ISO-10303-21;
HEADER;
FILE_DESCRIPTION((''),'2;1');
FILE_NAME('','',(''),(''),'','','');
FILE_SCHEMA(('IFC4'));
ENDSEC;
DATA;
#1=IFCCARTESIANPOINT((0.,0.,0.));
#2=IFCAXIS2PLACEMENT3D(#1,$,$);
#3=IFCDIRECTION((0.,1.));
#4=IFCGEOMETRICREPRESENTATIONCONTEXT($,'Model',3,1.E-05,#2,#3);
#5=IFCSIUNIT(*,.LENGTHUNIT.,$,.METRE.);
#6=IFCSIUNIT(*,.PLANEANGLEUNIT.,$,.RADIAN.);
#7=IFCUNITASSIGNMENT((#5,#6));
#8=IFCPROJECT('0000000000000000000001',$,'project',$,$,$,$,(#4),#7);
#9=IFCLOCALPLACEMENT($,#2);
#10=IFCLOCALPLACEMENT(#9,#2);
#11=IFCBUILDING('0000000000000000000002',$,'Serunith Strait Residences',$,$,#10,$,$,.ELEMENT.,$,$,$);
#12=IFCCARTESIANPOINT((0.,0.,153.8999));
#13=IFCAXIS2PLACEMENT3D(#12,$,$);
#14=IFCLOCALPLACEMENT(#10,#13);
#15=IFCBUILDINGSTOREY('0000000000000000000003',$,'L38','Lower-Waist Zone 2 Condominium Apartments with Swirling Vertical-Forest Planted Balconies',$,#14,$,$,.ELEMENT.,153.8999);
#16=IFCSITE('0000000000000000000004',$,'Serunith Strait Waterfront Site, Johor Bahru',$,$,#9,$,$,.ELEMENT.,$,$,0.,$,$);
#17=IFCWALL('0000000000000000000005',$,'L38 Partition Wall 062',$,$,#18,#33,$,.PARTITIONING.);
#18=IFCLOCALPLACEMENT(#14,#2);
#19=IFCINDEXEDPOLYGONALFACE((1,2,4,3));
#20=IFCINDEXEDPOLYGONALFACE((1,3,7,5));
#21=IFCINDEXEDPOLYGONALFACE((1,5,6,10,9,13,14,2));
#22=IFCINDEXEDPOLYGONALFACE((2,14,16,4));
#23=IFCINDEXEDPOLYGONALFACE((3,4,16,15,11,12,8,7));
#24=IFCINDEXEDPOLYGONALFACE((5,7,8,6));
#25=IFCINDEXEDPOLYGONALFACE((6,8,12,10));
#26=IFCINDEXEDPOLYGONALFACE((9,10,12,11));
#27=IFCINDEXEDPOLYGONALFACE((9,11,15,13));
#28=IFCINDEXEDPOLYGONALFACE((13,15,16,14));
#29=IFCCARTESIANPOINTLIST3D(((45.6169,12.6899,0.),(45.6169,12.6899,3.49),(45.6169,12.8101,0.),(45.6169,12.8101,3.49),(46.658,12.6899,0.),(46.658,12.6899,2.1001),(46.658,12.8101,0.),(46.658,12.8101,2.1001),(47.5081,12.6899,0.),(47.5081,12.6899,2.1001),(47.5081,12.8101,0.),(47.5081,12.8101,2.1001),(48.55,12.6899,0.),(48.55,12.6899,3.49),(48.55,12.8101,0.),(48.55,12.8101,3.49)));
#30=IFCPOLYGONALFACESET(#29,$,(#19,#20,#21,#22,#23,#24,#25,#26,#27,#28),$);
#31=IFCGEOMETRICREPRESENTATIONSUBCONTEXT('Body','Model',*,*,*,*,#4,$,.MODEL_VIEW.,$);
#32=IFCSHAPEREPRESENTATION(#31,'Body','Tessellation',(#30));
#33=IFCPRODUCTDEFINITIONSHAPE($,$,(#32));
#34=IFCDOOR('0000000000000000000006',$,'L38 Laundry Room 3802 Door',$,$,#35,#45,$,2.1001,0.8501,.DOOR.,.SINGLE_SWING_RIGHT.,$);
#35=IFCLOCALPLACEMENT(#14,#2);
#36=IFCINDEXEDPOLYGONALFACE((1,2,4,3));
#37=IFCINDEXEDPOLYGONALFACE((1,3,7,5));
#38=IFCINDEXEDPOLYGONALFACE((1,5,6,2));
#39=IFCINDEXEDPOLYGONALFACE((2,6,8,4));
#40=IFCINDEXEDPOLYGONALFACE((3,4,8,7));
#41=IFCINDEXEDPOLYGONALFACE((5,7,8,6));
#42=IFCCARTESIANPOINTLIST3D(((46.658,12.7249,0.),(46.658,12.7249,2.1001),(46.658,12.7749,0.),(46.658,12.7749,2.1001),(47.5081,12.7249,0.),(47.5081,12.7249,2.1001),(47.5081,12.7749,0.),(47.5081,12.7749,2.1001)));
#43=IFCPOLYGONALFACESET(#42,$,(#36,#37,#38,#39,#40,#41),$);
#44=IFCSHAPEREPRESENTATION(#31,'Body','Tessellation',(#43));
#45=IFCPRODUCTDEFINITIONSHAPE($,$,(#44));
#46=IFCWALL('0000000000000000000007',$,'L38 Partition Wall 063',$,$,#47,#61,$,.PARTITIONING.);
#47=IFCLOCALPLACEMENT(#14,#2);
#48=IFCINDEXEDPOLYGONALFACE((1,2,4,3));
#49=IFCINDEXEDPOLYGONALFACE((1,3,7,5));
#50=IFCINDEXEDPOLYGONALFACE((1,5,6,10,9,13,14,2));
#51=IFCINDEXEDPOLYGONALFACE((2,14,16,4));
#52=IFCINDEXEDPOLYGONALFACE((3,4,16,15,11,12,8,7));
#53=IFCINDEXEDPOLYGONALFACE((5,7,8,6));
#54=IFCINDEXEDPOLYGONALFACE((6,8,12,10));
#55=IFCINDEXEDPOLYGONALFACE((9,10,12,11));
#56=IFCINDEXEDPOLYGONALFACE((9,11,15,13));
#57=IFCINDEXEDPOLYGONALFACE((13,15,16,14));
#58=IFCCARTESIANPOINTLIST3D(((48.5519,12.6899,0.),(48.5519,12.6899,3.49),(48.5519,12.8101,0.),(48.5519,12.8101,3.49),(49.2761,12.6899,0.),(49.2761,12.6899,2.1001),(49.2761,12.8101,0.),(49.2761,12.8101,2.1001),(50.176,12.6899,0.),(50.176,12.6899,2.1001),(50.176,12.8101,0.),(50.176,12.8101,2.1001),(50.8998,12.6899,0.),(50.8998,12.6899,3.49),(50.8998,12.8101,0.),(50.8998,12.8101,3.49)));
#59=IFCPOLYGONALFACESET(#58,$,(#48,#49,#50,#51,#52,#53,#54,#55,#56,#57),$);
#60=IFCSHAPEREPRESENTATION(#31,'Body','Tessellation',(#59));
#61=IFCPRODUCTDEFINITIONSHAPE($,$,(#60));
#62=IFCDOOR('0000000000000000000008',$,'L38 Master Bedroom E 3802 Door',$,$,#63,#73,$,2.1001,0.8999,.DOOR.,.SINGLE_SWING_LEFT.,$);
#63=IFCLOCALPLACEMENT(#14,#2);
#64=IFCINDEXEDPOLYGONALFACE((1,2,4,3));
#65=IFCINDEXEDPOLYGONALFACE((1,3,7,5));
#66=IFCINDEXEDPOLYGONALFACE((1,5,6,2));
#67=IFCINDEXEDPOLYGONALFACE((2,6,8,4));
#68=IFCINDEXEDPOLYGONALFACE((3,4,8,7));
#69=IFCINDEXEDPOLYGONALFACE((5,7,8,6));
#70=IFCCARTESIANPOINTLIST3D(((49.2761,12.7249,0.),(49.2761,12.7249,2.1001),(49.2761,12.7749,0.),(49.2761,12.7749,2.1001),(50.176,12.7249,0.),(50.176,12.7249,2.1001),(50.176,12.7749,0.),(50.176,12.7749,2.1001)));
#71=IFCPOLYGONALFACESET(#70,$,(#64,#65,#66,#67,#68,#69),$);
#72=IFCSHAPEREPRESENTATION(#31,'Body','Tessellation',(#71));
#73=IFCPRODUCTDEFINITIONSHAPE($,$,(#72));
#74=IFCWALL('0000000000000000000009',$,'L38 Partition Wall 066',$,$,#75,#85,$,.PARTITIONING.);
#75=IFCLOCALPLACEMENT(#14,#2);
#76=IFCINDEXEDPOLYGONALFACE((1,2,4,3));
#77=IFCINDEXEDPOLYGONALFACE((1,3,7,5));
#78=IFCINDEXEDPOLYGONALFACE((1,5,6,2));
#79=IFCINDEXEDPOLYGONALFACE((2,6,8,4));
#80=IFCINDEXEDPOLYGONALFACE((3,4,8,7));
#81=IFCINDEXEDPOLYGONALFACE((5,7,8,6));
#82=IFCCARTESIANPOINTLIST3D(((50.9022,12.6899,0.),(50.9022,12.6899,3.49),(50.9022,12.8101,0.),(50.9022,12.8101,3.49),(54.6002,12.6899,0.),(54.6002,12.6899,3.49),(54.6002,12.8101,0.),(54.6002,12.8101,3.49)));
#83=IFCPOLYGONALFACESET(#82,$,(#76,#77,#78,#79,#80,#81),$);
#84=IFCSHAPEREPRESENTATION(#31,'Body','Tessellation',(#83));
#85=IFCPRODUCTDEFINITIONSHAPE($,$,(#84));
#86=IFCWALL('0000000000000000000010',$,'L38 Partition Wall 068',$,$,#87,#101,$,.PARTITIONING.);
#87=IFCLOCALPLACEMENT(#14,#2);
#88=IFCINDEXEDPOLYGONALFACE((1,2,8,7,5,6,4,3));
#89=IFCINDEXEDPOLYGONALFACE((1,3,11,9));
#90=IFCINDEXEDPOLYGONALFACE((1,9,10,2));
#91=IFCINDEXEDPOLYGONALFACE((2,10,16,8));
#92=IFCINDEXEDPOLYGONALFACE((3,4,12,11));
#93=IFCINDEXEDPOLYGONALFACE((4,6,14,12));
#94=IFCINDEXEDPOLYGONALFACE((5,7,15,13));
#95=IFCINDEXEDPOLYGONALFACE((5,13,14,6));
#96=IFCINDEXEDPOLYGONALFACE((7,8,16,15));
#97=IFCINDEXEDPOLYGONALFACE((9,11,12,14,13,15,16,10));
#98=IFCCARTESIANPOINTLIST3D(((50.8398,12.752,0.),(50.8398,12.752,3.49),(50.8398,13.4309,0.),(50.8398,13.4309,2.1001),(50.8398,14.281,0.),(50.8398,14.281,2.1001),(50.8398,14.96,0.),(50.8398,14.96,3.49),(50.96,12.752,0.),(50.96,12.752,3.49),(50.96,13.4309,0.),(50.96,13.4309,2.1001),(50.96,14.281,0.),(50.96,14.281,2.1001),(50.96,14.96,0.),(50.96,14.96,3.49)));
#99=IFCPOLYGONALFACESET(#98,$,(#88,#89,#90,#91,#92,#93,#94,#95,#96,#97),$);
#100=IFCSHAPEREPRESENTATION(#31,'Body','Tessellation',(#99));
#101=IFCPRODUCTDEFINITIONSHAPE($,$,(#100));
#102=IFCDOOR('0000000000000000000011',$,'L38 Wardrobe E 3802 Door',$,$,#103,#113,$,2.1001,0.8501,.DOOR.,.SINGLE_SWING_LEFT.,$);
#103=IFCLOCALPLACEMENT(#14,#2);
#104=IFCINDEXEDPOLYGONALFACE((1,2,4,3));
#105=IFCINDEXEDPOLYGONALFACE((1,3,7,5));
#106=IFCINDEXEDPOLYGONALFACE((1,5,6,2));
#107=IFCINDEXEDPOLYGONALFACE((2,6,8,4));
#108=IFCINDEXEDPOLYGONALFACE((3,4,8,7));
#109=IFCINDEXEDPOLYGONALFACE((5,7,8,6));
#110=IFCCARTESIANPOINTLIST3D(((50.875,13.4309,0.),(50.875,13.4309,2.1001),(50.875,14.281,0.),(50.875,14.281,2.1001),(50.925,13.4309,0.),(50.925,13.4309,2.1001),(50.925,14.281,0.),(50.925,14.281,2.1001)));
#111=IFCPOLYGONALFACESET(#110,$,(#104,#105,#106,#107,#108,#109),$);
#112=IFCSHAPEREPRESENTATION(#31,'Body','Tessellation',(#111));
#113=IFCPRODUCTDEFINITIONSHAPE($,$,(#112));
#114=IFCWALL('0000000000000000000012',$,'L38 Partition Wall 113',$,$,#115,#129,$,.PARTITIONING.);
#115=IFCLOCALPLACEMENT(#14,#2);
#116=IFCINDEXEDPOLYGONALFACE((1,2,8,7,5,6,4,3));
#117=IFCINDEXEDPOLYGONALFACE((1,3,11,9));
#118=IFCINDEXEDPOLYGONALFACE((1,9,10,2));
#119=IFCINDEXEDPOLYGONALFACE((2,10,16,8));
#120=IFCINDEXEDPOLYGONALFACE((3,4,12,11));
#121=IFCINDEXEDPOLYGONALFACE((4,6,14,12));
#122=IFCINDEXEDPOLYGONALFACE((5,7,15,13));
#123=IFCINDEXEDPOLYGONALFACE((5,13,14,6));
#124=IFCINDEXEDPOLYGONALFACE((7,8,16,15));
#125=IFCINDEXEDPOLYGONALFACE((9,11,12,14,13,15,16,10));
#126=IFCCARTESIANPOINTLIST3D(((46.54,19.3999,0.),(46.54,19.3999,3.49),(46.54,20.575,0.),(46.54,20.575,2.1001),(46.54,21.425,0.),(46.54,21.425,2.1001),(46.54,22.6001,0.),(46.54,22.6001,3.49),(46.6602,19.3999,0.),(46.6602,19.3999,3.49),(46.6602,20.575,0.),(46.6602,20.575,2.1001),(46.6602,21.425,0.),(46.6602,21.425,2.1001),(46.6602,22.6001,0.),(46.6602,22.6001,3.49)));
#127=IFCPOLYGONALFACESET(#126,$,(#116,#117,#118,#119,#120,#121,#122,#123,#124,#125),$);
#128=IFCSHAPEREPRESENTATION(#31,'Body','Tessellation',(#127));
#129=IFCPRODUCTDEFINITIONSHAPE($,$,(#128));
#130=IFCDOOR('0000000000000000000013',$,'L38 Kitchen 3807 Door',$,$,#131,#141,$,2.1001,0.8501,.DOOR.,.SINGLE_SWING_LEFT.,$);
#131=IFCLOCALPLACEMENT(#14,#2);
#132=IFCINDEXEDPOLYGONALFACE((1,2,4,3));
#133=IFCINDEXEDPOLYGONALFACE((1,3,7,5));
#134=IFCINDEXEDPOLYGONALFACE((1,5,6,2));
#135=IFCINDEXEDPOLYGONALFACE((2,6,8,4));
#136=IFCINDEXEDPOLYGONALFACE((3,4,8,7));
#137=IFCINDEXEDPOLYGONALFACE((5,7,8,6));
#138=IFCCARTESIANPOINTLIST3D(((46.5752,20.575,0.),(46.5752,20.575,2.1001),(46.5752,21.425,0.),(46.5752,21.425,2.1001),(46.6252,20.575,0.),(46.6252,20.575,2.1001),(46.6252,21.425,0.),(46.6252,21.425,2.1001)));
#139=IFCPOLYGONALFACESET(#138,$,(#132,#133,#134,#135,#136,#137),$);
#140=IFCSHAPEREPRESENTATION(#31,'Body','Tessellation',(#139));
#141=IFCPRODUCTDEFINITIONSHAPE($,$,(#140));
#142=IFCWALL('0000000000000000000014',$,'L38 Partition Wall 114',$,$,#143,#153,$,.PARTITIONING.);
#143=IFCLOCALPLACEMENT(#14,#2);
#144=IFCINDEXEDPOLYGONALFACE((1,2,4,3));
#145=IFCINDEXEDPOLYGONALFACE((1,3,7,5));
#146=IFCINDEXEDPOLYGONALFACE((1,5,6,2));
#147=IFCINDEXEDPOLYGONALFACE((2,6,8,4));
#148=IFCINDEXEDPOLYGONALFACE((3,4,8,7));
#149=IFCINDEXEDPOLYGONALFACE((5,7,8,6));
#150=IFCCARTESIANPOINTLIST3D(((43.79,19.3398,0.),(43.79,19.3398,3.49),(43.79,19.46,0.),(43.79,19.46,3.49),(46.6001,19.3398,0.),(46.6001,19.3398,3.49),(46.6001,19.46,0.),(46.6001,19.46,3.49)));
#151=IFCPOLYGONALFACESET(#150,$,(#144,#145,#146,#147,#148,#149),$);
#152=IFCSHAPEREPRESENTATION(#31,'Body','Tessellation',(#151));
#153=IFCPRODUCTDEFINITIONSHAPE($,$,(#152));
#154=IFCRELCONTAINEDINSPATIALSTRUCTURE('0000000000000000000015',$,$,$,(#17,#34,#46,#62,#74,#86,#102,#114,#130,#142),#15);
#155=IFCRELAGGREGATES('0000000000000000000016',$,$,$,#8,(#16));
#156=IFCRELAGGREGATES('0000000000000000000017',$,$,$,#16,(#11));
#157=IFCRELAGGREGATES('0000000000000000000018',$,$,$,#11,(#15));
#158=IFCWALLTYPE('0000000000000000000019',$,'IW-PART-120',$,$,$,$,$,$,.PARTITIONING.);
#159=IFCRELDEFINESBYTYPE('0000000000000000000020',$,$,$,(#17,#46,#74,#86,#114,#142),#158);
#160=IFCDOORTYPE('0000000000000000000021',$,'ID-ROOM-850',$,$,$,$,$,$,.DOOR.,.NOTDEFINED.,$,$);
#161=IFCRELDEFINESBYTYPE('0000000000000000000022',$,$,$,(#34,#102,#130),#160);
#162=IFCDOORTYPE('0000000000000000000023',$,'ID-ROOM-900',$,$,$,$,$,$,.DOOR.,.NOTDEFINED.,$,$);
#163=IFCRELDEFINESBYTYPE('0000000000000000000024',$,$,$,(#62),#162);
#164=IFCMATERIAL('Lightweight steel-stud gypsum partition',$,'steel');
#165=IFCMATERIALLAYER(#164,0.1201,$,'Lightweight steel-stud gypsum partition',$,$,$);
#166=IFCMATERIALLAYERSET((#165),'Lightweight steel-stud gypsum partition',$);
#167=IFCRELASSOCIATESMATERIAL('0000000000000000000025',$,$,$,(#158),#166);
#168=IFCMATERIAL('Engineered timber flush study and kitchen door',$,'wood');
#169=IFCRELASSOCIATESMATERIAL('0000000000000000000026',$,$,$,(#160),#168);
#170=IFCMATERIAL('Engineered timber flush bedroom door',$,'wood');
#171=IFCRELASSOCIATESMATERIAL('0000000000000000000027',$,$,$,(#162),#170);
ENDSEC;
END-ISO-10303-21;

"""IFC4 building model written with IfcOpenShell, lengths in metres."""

from ifc_helpers import new_model, si_unit, direction, frame, frame_2d, origin, place, context, subcontext, project, spatial, rectangle, extrude, source, transform, mapped, material, layer, layer_set, type_object, element, fill, save


model = new_model("IFC4")

# Units and contexts
model_context = context("Model", 3, precision=1e-05, world=origin(), true_north=direction((0.0, 1.0)))
body_context = subcontext(model_context, "Body", "Model", "MODEL_VIEW")
ifc_project = project(units=[si_unit("LENGTHUNIT", "METRE"), si_unit("PLANEANGLEUNIT", "RADIAN")], contexts=[model_context])

# Site, building, storey
site_placement = place(None, origin())
site = spatial("IfcSite", under=ifc_project, at=site_placement, Name="Serunith Strait Waterfront Site, Johor Bahru", CompositionType="ELEMENT", RefElevation=0.0)
building_placement = place(site_placement, origin())
building = spatial("IfcBuilding", under=site, at=building_placement, Name="Serunith Strait Residences", CompositionType="ELEMENT")
storey_placement = place(building_placement, frame((0.0, 0.0, 153.8999)))
storey = spatial("IfcBuildingStorey", under=building, at=storey_placement, Name="L38", Description="Lower-Waist Zone 2 Condominium Apartments with Swirling Vertical-Forest Planted Balconies", CompositionType="ELEMENT", Elevation=153.8999)

# Walls, openings, doors
ifc_material_1 = material(Name="Lightweight steel-stud gypsum partition", Category="steel")
ifc_layer_1 = layer(ifc_material_1, 0.1201, Name="Lightweight steel-stud gypsum partition")
ifc_layer_set_1 = layer_set([ifc_layer_1], Name="Lightweight steel-stud gypsum partition")
wall_type = type_object("IfcWallType", Name="IW-PART-120", PredefinedType="PARTITIONING", material=ifc_layer_set_1)
wall_1_placement = place(storey_placement, frame((45.6169, 12.75, 0.0), z_axis=(0.0, 0.0, 1.0), x_axis=(1.0, 0.0, 0.0)))
wall_1 = element("IfcWall", 1, at=wall_1_placement, inside=storey, type_object=wall_type, Name="L38 Partition Wall 062", PredefinedType="PARTITIONING", context=body_context, shape_type="SweptSolid", body=[
    extrude(rectangle(XDim=2.9331, YDim=0.1201, at=frame_2d((1.4666, 0.0))), origin(), (0.0, 0.0, 1.0), 3.49),
])
opening_1_placement = place(wall_1_placement, frame((1.041, 0.0, 0.0)))
opening_1 = element("IfcOpeningElement", 2, at=opening_1_placement, cuts=wall_1, PredefinedType="OPENING", context=body_context, shape_type="SweptSolid", body=[
    extrude(rectangle(XDim=0.8501, YDim=2.1001, at=frame_2d((0.425, 1.05))), frame((0.0, 0.0701, 0.0), z_axis=(0.0, -1.0, 0.0), x_axis=(1.0, 0.0, 0.0)), (0.0, 0.0, 1.0), 0.1401),
])
ifc_material_2 = material(Name="Engineered timber flush study and kitchen door", Category="wood")
door_type_1 = type_object("IfcDoorType", Name="ID-ROOM-850", OperationType="NOTDEFINED", PredefinedType="DOOR", material=ifc_material_2)
shared_shape_1 = source(origin(), body_context, "Body", "SweptSolid", [
    extrude(rectangle(XDim=0.8501, YDim=2.1001, at=frame_2d((0.425, 1.05))), frame((0.0, 0.0249, 0.0), z_axis=(0.0, -1.0, 0.0), x_axis=(1.0, 0.0, 0.0)), (0.0, 0.0, 1.0), 0.05),
])
door_1_placement = place(opening_1_placement, origin())
door_1 = element("IfcDoor", 3, at=door_1_placement, inside=storey, type_object=door_type_1, Name="L38 Laundry Room 3802 Door", OperationType="SINGLE_SWING_RIGHT", OverallHeight=2.1001, OverallWidth=0.8501, PredefinedType="DOOR", context=body_context, shape_type="MappedRepresentation", body=[
    mapped(shared_shape_1, transform((0.0, 0.0, 0.0), scale=1.0)),
])
fill(opening_1, door_1)
wall_2_placement = place(storey_placement, frame((48.552, 12.75, 0.0), z_axis=(0.0, 0.0, 1.0), x_axis=(1.0, 0.0, 0.0)))
wall_2 = element("IfcWall", 4, at=wall_2_placement, inside=storey, type_object=wall_type, Name="L38 Partition Wall 063", PredefinedType="PARTITIONING", context=body_context, shape_type="SweptSolid", body=[
    extrude(rectangle(XDim=2.3479, YDim=0.1201, at=frame_2d((1.1738, 0.0))), origin(), (0.0, 0.0, 1.0), 3.49),
])
opening_2_placement = place(wall_2_placement, frame((0.7241, 0.0, 0.0)))
opening_2 = element("IfcOpeningElement", 5, at=opening_2_placement, cuts=wall_2, PredefinedType="OPENING", context=body_context, shape_type="SweptSolid", body=[
    extrude(rectangle(XDim=0.8999, YDim=2.1001, at=frame_2d((0.45, 1.05))), frame((0.0, 0.0701, 0.0), z_axis=(0.0, -1.0, 0.0), x_axis=(1.0, 0.0, 0.0)), (0.0, 0.0, 1.0), 0.1401),
])
ifc_material_3 = material(Name="Engineered timber flush bedroom door", Category="wood")
door_type_2 = type_object("IfcDoorType", Name="ID-ROOM-900", OperationType="NOTDEFINED", PredefinedType="DOOR", material=ifc_material_3)
shared_shape_2 = source(origin(), body_context, "Body", "SweptSolid", [
    extrude(rectangle(XDim=0.8999, YDim=2.1001, at=frame_2d((0.45, 1.05))), frame((0.0, 0.0249, 0.0), z_axis=(0.0, -1.0, 0.0), x_axis=(1.0, 0.0, 0.0)), (0.0, 0.0, 1.0), 0.05),
])
door_2_placement = place(opening_2_placement, origin())
door_2 = element("IfcDoor", 6, at=door_2_placement, inside=storey, type_object=door_type_2, Name="L38 Master Bedroom E 3802 Door", OperationType="SINGLE_SWING_LEFT", OverallHeight=2.1001, OverallWidth=0.8999, PredefinedType="DOOR", context=body_context, shape_type="MappedRepresentation", body=[
    mapped(shared_shape_2, transform((0.0, 0.0, 0.0), scale=1.0)),
])
fill(opening_2, door_2)

# Wall
wall_3_placement = place(storey_placement, frame((50.9021, 12.75, 0.0), z_axis=(0.0, 0.0, 1.0), x_axis=(1.0, 0.0, 0.0)))
element("IfcWall", 7, at=wall_3_placement, inside=storey, type_object=wall_type, Name="L38 Partition Wall 066", PredefinedType="PARTITIONING", context=body_context, shape_type="SweptSolid", body=[
    extrude(rectangle(XDim=3.698, YDim=0.1201, at=frame_2d((1.8491, 0.0))), origin(), (0.0, 0.0, 1.0), 3.49),
])

# Walls, openings, doors
wall_4_placement = place(storey_placement, frame((50.8999, 12.752, 0.0), z_axis=(0.0, 0.0, 1.0), x_axis=(0.0, 1.0, 0.0)))
wall_4 = element("IfcWall", 8, at=wall_4_placement, inside=storey, type_object=wall_type, Name="L38 Partition Wall 068", PredefinedType="PARTITIONING", context=body_context, shape_type="SweptSolid", body=[
    extrude(rectangle(XDim=2.208, YDim=0.1201, at=frame_2d((1.104, 0.0))), origin(), (0.0, 0.0, 1.0), 3.49),
])
opening_3_placement = place(wall_4_placement, frame((0.679, 0.0, 0.0)))
opening_3 = element("IfcOpeningElement", 9, at=opening_3_placement, cuts=wall_4, PredefinedType="OPENING", context=body_context, shape_type="SweptSolid", body=[
    extrude(rectangle(XDim=0.8501, YDim=2.1001, at=frame_2d((0.425, 1.05))), frame((0.0, 0.0701, 0.0), z_axis=(0.0, -1.0, 0.0), x_axis=(1.0, 0.0, 0.0)), (0.0, 0.0, 1.0), 0.1401),
])
door_3_placement = place(opening_3_placement, origin())
door_3 = element("IfcDoor", 10, at=door_3_placement, inside=storey, type_object=door_type_1, Name="L38 Wardrobe E 3802 Door", OperationType="SINGLE_SWING_LEFT", OverallHeight=2.1001, OverallWidth=0.8501, PredefinedType="DOOR", context=body_context, shape_type="MappedRepresentation", body=[
    mapped(shared_shape_1, transform((0.0, 0.0, 0.0), scale=1.0)),
])
fill(opening_3, door_3)
wall_5_placement = place(storey_placement, frame((46.6001, 19.3999, 0.0), z_axis=(0.0, 0.0, 1.0), x_axis=(0.0, 1.0, 0.0)))
wall_5 = element("IfcWall", 11, at=wall_5_placement, inside=storey, type_object=wall_type, Name="L38 Partition Wall 113", PredefinedType="PARTITIONING", context=body_context, shape_type="SweptSolid", body=[
    extrude(rectangle(XDim=3.2002, YDim=0.1201, at=frame_2d((1.6001, 0.0))), origin(), (0.0, 0.0, 1.0), 3.49),
])
opening_4_placement = place(wall_5_placement, frame((1.175, 0.0, 0.0)))
opening_4 = element("IfcOpeningElement", 12, at=opening_4_placement, cuts=wall_5, PredefinedType="OPENING", context=body_context, shape_type="SweptSolid", body=[
    extrude(rectangle(XDim=0.8501, YDim=2.1001, at=frame_2d((0.425, 1.05))), frame((0.0, 0.0701, 0.0), z_axis=(0.0, -1.0, 0.0), x_axis=(1.0, 0.0, 0.0)), (0.0, 0.0, 1.0), 0.1401),
])
door_4_placement = place(opening_4_placement, origin())
door_4 = element("IfcDoor", 13, at=door_4_placement, inside=storey, type_object=door_type_1, Name="L38 Kitchen 3807 Door", OperationType="SINGLE_SWING_LEFT", OverallHeight=2.1001, OverallWidth=0.8501, PredefinedType="DOOR", context=body_context, shape_type="MappedRepresentation", body=[
    mapped(shared_shape_1, transform((0.0, 0.0, 0.0), scale=1.0)),
])
fill(opening_4, door_4)

# Wall
wall_6_placement = place(storey_placement, frame((46.6001, 19.3999, 0.0), z_axis=(0.0, 0.0, 1.0), x_axis=(-1.0, 0.0, 0.0)))
element("IfcWall", 14, at=wall_6_placement, inside=storey, type_object=wall_type, Name="L38 Partition Wall 114", PredefinedType="PARTITIONING", context=body_context, shape_type="SweptSolid", body=[
    extrude(rectangle(XDim=2.8101, YDim=0.1201, at=frame_2d((1.405, 0.0))), origin(), (0.0, 0.0, 1.0), 3.49),
])

save(model, "model.ifc")
